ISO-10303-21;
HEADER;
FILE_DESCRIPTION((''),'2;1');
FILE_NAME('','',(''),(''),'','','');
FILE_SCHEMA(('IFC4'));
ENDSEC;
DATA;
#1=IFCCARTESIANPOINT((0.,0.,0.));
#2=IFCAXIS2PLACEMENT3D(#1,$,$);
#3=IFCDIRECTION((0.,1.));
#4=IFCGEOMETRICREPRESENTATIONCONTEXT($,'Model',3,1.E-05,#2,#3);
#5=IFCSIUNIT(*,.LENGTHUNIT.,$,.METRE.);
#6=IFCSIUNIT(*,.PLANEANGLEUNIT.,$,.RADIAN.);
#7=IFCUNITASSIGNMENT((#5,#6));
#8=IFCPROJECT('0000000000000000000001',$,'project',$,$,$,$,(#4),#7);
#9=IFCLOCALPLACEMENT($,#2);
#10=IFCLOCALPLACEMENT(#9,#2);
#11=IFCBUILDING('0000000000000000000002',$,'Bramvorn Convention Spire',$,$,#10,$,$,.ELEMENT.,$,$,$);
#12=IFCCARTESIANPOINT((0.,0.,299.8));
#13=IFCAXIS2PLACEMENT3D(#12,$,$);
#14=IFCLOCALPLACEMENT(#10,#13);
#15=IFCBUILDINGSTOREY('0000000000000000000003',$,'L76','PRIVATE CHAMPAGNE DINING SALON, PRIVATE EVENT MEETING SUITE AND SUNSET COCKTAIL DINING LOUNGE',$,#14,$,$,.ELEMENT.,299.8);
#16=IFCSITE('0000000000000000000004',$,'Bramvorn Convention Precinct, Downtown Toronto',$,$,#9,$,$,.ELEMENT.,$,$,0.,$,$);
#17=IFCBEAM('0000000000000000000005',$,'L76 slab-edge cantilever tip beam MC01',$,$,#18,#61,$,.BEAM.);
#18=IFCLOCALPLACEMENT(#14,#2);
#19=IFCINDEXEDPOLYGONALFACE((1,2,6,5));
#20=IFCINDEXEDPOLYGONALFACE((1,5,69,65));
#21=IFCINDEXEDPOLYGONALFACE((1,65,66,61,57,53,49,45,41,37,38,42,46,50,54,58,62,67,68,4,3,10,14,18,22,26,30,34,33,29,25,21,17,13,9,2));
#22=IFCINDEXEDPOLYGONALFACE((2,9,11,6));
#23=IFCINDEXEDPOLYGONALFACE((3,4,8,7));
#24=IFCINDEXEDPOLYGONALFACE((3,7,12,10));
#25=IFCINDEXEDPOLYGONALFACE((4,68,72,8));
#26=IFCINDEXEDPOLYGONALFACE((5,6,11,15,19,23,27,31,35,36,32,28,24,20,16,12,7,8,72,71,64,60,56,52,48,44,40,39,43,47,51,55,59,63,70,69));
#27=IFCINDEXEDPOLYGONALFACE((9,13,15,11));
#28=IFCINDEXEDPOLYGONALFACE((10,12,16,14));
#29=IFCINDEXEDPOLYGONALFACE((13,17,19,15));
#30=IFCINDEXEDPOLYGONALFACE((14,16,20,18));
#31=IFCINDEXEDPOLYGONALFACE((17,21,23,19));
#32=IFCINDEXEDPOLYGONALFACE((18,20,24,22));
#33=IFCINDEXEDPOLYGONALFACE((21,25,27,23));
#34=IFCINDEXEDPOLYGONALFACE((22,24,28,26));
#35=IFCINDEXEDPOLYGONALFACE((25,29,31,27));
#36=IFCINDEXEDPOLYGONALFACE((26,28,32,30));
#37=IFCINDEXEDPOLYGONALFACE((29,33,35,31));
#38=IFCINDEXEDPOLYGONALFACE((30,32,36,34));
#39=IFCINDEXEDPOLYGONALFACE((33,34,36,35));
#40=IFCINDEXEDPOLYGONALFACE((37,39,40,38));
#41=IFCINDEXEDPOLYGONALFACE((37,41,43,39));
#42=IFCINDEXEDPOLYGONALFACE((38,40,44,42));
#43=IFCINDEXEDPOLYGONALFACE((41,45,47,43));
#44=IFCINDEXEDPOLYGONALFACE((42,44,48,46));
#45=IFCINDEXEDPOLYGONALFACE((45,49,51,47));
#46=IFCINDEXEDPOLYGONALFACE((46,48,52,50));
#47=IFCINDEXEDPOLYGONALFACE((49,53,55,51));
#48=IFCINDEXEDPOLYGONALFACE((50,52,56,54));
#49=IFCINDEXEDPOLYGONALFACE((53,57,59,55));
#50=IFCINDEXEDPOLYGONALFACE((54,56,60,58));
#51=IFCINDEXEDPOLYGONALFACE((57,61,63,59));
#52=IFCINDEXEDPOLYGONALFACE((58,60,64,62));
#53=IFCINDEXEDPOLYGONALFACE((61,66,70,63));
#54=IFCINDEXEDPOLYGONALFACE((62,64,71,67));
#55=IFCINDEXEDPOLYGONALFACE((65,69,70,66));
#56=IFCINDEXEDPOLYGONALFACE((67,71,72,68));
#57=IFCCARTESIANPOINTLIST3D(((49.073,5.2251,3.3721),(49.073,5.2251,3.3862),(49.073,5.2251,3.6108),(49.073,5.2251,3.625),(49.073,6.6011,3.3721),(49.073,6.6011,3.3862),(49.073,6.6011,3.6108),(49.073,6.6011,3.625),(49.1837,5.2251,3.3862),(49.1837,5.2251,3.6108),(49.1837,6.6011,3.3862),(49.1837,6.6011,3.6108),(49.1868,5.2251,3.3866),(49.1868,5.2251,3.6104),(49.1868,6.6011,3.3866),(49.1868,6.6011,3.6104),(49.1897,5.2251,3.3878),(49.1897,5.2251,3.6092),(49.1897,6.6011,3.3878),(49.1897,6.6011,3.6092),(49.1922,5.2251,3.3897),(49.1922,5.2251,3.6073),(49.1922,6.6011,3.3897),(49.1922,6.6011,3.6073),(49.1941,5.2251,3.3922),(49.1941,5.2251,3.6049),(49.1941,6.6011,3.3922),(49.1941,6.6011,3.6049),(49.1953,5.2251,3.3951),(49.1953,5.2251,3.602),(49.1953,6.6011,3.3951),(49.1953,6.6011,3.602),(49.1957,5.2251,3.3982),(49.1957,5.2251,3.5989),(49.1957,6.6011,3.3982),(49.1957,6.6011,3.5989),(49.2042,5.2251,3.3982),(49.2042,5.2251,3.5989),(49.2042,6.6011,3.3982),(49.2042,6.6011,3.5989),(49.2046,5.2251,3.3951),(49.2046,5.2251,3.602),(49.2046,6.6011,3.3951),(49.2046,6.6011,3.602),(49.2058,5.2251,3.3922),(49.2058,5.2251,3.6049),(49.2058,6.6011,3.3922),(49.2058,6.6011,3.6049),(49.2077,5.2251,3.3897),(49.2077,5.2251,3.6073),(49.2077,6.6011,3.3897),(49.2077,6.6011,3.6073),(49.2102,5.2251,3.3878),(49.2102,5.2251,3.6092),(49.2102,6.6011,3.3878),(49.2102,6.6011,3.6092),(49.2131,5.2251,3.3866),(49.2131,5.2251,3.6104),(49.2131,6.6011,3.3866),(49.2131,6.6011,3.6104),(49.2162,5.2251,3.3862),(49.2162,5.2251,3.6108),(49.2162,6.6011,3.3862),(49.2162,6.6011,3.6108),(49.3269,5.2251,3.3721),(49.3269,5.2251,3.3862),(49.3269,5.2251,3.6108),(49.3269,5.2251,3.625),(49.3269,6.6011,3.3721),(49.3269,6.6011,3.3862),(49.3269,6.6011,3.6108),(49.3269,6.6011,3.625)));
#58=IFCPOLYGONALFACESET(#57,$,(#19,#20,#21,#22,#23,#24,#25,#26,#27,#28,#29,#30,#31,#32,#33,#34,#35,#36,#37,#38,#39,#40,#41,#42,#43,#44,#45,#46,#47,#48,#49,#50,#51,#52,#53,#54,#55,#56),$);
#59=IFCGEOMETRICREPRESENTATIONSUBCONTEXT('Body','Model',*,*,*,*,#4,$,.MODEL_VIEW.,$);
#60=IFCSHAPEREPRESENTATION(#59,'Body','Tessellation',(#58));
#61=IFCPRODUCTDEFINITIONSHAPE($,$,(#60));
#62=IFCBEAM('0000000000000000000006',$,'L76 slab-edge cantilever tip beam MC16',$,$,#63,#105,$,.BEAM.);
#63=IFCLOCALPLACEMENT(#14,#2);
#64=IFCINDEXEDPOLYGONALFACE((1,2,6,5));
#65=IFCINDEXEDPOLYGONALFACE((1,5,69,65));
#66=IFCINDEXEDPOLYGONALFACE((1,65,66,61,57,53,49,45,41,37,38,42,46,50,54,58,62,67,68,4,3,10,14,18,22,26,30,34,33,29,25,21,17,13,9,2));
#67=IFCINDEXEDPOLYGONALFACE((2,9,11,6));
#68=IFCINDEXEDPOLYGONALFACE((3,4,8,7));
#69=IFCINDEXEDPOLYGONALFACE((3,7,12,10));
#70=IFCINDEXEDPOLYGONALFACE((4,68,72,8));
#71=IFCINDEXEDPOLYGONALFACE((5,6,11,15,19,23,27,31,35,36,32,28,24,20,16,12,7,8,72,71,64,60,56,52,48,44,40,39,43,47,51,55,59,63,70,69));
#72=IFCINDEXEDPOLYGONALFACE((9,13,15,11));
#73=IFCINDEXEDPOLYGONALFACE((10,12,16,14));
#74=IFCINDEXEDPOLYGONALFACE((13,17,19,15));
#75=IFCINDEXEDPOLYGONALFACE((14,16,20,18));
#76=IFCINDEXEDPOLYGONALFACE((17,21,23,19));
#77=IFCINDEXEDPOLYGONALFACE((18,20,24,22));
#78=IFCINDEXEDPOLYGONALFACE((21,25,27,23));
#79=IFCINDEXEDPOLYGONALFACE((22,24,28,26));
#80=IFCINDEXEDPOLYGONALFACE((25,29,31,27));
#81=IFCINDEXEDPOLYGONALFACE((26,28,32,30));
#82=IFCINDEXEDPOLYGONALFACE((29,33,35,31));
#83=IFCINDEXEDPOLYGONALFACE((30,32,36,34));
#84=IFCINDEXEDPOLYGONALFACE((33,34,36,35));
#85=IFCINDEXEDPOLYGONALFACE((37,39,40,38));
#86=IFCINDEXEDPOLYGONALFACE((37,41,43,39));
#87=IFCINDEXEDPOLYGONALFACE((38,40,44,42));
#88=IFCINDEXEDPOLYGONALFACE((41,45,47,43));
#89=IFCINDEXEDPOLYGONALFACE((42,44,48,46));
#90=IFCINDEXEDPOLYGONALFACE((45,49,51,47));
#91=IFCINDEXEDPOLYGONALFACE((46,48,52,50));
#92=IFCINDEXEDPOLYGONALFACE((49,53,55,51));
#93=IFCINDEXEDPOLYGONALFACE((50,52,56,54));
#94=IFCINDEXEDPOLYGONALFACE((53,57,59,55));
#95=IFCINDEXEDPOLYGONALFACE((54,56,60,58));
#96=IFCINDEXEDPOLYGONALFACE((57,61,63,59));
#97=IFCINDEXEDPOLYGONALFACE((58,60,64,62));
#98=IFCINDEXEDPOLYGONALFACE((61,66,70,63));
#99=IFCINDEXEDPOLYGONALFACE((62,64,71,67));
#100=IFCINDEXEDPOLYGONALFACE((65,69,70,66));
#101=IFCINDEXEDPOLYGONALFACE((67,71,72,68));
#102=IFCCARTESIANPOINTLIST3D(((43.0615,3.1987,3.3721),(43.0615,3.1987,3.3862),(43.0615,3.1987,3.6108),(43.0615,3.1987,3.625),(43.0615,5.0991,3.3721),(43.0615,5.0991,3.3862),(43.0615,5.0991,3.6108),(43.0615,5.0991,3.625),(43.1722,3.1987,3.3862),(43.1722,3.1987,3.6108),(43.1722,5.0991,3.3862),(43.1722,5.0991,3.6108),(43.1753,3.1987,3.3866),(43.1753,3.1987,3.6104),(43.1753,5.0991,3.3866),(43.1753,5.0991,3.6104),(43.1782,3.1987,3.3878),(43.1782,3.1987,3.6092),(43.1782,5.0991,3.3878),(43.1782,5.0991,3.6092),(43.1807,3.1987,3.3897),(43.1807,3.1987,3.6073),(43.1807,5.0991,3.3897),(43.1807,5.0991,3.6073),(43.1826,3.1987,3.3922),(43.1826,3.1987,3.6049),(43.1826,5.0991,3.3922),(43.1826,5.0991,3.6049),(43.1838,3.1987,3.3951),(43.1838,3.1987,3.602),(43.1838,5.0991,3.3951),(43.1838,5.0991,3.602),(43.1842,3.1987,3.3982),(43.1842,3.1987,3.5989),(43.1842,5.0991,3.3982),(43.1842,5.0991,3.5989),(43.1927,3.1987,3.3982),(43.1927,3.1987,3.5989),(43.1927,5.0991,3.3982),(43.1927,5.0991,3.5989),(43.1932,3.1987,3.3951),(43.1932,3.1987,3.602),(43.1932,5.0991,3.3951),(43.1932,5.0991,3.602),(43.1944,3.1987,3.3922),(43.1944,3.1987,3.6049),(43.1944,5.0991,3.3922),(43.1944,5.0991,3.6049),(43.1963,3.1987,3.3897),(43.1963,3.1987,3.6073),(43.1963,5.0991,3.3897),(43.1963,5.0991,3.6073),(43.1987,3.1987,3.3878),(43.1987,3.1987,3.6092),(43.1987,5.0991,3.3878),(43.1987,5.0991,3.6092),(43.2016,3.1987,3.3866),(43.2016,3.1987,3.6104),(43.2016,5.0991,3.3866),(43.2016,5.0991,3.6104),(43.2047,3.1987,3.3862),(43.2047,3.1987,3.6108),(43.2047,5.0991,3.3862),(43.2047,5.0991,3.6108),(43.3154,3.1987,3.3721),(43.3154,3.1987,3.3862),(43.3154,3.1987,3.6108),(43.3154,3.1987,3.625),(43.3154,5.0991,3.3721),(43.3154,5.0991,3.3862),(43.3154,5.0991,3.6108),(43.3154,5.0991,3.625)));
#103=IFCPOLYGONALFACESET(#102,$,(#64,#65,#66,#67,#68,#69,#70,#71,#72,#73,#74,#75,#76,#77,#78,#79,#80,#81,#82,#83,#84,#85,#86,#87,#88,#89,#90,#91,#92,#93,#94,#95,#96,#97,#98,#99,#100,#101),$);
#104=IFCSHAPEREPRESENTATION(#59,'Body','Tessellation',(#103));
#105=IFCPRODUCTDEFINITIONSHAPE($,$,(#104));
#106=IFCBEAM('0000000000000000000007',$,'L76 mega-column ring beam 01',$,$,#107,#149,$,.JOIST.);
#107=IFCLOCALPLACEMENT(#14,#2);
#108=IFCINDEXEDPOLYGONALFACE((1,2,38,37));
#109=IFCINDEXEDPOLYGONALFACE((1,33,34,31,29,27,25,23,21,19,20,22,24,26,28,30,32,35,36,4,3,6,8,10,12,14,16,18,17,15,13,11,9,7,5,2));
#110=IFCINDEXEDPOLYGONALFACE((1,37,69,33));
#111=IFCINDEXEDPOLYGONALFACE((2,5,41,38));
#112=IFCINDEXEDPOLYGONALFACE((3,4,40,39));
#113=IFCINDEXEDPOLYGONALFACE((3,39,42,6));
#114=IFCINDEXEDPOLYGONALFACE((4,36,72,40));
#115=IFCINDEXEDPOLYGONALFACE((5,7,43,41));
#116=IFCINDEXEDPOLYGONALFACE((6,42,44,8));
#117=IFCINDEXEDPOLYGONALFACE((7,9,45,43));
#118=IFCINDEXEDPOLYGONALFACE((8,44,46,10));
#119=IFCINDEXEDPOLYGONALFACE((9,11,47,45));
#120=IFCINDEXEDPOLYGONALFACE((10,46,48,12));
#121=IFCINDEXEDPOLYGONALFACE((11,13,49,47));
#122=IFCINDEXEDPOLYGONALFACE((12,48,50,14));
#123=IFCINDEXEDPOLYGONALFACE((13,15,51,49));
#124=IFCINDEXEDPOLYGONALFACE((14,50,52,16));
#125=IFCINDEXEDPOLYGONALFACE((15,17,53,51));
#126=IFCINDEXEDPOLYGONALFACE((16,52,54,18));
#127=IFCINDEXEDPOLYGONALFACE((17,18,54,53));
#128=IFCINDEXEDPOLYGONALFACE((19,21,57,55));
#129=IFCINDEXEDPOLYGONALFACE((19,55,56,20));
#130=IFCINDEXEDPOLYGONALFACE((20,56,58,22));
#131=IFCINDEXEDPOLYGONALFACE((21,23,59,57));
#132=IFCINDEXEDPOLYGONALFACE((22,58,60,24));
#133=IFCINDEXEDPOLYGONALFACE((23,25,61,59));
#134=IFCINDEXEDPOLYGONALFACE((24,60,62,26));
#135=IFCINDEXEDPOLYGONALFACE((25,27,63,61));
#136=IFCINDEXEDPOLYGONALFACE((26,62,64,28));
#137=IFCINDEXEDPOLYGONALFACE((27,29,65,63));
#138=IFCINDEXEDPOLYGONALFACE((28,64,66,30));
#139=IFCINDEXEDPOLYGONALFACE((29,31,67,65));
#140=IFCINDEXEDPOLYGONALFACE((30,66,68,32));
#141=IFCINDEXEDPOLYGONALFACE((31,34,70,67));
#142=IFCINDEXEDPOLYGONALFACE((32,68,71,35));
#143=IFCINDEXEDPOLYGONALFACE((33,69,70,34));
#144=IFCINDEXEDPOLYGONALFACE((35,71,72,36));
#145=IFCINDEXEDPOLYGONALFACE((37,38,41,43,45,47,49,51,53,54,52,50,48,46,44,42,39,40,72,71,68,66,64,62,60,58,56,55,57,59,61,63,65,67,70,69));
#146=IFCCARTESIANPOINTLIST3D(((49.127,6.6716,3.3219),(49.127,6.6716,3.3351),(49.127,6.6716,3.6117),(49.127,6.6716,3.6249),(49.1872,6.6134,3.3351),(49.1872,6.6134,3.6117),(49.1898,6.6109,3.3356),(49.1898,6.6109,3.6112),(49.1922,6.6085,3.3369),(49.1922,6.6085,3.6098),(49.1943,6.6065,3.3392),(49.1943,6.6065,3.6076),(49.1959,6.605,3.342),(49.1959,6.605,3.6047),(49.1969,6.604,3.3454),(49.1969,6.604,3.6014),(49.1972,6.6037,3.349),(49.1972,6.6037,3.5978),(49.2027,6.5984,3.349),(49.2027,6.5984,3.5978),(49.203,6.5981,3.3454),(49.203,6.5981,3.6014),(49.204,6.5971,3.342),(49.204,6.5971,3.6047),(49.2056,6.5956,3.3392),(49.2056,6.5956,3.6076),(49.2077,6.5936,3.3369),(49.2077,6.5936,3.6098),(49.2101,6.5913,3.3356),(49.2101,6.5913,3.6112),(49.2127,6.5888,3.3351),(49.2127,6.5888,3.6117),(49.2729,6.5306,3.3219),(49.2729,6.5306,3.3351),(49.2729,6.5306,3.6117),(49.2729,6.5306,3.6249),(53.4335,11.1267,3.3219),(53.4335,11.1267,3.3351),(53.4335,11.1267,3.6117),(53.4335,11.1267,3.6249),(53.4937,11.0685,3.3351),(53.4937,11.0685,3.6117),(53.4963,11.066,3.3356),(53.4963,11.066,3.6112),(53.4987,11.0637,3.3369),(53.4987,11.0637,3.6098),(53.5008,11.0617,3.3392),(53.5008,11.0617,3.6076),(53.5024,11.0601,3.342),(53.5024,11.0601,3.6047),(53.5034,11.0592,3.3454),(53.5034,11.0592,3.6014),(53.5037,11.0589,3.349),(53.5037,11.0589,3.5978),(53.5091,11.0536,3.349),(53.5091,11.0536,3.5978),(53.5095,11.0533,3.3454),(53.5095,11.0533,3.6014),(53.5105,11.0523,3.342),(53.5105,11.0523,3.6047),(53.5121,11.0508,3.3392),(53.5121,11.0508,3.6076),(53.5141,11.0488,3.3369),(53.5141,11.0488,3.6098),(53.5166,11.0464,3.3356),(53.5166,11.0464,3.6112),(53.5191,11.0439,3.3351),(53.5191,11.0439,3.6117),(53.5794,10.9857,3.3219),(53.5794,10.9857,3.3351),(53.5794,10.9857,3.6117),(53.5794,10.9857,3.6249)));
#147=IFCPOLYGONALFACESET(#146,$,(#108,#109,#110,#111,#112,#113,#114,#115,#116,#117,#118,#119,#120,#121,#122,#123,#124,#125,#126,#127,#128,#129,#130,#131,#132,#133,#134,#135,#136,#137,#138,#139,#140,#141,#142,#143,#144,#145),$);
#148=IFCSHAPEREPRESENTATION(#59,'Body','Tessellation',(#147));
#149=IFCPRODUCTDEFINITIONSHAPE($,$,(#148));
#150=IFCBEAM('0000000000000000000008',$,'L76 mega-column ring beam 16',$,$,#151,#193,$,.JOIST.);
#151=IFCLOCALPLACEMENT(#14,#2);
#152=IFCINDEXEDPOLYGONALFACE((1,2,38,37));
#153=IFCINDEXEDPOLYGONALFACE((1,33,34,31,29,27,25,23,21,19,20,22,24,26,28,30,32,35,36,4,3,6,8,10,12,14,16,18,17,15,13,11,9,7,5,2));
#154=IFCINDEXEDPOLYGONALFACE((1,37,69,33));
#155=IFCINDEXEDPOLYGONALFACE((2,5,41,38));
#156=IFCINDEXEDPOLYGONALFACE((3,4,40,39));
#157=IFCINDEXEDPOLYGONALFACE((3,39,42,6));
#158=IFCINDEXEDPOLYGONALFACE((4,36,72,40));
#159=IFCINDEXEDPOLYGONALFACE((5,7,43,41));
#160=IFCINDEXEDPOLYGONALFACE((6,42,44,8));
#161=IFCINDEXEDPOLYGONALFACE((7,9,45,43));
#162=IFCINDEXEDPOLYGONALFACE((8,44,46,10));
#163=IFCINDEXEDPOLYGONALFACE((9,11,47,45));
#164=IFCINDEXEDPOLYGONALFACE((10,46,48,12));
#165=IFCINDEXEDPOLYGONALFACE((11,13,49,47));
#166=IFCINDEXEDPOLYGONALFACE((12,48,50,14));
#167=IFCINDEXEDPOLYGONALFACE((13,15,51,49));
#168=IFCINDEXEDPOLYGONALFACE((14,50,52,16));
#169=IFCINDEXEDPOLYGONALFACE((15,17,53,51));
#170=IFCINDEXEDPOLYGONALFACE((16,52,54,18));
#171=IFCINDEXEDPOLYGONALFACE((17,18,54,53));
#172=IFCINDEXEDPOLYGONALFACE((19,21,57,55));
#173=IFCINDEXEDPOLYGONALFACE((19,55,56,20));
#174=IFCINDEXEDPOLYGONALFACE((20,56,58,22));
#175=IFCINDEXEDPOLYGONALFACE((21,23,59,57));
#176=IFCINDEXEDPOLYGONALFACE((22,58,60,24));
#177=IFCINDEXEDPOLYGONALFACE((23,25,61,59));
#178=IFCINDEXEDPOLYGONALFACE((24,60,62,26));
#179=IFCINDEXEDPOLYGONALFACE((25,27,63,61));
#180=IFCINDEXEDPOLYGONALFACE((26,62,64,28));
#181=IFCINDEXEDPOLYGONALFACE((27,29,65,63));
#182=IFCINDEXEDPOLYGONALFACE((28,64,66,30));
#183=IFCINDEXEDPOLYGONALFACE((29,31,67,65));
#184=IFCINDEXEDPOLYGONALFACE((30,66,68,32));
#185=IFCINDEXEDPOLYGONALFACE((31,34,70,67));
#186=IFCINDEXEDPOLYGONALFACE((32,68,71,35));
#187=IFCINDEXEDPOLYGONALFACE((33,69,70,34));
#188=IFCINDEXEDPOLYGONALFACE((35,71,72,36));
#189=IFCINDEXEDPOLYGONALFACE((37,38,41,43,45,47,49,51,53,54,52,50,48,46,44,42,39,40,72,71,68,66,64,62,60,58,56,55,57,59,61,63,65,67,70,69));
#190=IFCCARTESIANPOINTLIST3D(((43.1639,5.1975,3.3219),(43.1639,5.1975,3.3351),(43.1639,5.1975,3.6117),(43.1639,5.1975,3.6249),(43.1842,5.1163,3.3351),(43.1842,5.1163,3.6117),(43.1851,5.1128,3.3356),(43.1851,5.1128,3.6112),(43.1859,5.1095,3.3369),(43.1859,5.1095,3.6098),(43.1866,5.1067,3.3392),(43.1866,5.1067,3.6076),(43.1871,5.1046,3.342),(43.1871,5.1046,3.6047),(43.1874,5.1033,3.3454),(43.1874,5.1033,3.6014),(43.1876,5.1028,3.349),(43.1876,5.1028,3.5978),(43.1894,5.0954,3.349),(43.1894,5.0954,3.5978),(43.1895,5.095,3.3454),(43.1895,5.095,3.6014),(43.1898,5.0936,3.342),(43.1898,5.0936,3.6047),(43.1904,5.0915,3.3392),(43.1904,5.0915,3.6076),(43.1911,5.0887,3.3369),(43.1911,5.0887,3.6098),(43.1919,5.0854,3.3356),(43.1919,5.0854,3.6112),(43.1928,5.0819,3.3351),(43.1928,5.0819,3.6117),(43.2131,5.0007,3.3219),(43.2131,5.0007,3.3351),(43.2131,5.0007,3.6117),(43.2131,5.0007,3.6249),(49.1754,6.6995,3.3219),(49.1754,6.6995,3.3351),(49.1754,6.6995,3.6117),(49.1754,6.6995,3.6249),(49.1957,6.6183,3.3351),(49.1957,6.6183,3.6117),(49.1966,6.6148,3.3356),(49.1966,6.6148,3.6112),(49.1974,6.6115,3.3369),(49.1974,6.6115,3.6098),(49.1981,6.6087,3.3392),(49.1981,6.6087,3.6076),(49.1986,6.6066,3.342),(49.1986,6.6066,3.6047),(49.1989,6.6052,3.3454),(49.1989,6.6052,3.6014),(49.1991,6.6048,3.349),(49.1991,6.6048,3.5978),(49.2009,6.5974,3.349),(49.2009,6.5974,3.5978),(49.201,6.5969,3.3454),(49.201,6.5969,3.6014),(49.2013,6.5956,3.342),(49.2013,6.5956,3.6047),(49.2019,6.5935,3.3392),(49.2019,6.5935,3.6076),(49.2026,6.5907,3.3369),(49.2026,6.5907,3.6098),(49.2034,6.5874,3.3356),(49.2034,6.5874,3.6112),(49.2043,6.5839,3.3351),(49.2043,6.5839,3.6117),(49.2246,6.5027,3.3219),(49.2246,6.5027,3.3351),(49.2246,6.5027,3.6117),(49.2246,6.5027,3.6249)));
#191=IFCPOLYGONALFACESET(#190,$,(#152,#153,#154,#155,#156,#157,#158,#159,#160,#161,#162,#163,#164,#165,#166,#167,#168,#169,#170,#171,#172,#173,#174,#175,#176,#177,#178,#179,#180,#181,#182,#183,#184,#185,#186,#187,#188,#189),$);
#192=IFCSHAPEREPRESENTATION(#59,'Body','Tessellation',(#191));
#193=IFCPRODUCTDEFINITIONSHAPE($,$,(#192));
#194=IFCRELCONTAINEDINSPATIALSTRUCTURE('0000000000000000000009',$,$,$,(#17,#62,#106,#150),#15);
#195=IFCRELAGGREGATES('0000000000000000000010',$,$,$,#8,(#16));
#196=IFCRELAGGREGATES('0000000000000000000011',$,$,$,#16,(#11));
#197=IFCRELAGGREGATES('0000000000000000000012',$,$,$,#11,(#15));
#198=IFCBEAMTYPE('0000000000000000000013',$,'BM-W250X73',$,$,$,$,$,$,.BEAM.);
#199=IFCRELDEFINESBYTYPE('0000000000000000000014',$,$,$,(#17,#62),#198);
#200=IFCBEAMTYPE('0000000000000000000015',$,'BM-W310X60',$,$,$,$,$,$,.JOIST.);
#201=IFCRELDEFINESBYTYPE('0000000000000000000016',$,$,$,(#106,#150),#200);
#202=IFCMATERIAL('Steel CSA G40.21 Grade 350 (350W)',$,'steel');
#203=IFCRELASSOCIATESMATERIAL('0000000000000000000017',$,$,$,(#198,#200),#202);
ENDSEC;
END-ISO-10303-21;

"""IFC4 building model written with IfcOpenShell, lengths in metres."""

from ifc_helpers import new_model, si_unit, direction, frame, origin, origin_2d, place, context, subcontext, project, spatial, i_section, extrude, material, material_profile, profile_set, type_object, element, save


model = new_model("IFC4")

# Units and contexts
model_context = context("Model", 3, precision=1e-05, world=origin(), true_north=direction((0.0, 1.0)))
body_context = subcontext(model_context, "Body", "Model", "MODEL_VIEW")
ifc_project = project(units=[si_unit("LENGTHUNIT", "METRE"), si_unit("PLANEANGLEUNIT", "RADIAN")], contexts=[model_context])

# Site, building, storey
site_placement = place(None, origin())
site = spatial("IfcSite", under=ifc_project, at=site_placement, Name="Bramvorn Convention Precinct, Downtown Toronto", CompositionType="ELEMENT", RefElevation=0.0)
building_placement = place(site_placement, origin())
building = spatial("IfcBuilding", under=site, at=building_placement, Name="Bramvorn Convention Spire", CompositionType="ELEMENT")
storey_placement = place(building_placement, frame((0.0, 0.0, 299.8)))
storey = spatial("IfcBuildingStorey", under=building, at=storey_placement, Name="L76", Description="PRIVATE CHAMPAGNE DINING SALON, PRIVATE EVENT MEETING SUITE AND SUNSET COCKTAIL DINING LOUNGE", CompositionType="ELEMENT", Elevation=299.8)

# Shared definitions
ifc_material_1 = material(Name="Steel CSA G40.21 Grade 350 (350W)", Category="steel")

# Beams
ifc_material_profile_1 = material_profile(ifc_material_1, i_section(OverallWidth=0.2539, OverallDepth=0.2529, WebThickness=0.0085, FlangeThickness=0.0142, FilletRadius=0.012, at=origin_2d()))
ifc_profile_set_1 = profile_set([ifc_material_profile_1], Name="Steel CSA G40.21 Grade 350 (350W) - W250X73")
beam_type_1 = type_object("IfcBeamType", Name="BM-W250X73", PredefinedType="BEAM", material=ifc_profile_set_1)
beam_1_placement = place(storey_placement, frame((49.2, 6.6011, 3.4985), z_axis=(0.0, -1.0, 0.0), x_axis=(1.0, 0.0, 0.0)))
element("IfcBeam", 1, at=beam_1_placement, inside=storey, type_object=beam_type_1, Name="L76 slab-edge cantilever tip beam MC01", PredefinedType="BEAM", context=body_context, shape_type="SweptSolid", body=[
    extrude(i_section(OverallWidth=0.2539, OverallDepth=0.2529, WebThickness=0.0085, FlangeThickness=0.0142, FilletRadius=0.012, at=origin_2d()), origin(), (0.0, 0.0, 1.0), 1.376),
])
beam_2_placement = place(storey_placement, frame((43.1885, 5.0991, 3.4985), z_axis=(0.0, -1.0, 0.0), x_axis=(1.0, 0.0, 0.0)))
element("IfcBeam", 2, at=beam_2_placement, inside=storey, type_object=beam_type_1, Name="L76 slab-edge cantilever tip beam MC16", PredefinedType="BEAM", context=body_context, shape_type="SweptSolid", body=[
    extrude(i_section(OverallWidth=0.2539, OverallDepth=0.2529, WebThickness=0.0085, FlangeThickness=0.0142, FilletRadius=0.012, at=origin_2d()), origin(), (0.0, 0.0, 1.0), 1.9004),
])
ifc_material_profile_2 = material_profile(ifc_material_1, i_section(OverallWidth=0.2029, OverallDepth=0.303, WebThickness=0.0076, FlangeThickness=0.0132, FilletRadius=0.0139, at=origin_2d()))
ifc_profile_set_2 = profile_set([ifc_material_profile_2], Name="Steel CSA G40.21 Grade 350 (350W) - W310X60")
beam_type_2 = type_object("IfcBeamType", Name="BM-W310X60", PredefinedType="JOIST", material=ifc_profile_set_2)
for number, where, z_axis, x_axis, name in (
    (3, (49.2, 6.6011, 3.4734), (0.695007, 0.719003, 0.0), (-0.719003, 0.695007, 0.0), "L76 mega-column ring beam 01"),
    (4, (43.1885, 5.0991, 3.4734), (0.970177, 0.242397, 0.0), (-0.242397, 0.970177, 0.0), "L76 mega-column ring beam 16"),
):
    element("IfcBeam", number, at=place(storey_placement, frame(where, z_axis=z_axis, x_axis=x_axis)), inside=storey, type_object=beam_type_2, Name=name, PredefinedType="JOIST", context=body_context, shape_type="SweptSolid", body=[
        extrude(i_section(OverallWidth=0.2029, OverallDepth=0.303, WebThickness=0.0076, FlangeThickness=0.0132, FilletRadius=0.0139, at=origin_2d()), origin(), (0.0, 0.0, 1.0), 6.1963),
    ])

save(model, "model.ifc")
